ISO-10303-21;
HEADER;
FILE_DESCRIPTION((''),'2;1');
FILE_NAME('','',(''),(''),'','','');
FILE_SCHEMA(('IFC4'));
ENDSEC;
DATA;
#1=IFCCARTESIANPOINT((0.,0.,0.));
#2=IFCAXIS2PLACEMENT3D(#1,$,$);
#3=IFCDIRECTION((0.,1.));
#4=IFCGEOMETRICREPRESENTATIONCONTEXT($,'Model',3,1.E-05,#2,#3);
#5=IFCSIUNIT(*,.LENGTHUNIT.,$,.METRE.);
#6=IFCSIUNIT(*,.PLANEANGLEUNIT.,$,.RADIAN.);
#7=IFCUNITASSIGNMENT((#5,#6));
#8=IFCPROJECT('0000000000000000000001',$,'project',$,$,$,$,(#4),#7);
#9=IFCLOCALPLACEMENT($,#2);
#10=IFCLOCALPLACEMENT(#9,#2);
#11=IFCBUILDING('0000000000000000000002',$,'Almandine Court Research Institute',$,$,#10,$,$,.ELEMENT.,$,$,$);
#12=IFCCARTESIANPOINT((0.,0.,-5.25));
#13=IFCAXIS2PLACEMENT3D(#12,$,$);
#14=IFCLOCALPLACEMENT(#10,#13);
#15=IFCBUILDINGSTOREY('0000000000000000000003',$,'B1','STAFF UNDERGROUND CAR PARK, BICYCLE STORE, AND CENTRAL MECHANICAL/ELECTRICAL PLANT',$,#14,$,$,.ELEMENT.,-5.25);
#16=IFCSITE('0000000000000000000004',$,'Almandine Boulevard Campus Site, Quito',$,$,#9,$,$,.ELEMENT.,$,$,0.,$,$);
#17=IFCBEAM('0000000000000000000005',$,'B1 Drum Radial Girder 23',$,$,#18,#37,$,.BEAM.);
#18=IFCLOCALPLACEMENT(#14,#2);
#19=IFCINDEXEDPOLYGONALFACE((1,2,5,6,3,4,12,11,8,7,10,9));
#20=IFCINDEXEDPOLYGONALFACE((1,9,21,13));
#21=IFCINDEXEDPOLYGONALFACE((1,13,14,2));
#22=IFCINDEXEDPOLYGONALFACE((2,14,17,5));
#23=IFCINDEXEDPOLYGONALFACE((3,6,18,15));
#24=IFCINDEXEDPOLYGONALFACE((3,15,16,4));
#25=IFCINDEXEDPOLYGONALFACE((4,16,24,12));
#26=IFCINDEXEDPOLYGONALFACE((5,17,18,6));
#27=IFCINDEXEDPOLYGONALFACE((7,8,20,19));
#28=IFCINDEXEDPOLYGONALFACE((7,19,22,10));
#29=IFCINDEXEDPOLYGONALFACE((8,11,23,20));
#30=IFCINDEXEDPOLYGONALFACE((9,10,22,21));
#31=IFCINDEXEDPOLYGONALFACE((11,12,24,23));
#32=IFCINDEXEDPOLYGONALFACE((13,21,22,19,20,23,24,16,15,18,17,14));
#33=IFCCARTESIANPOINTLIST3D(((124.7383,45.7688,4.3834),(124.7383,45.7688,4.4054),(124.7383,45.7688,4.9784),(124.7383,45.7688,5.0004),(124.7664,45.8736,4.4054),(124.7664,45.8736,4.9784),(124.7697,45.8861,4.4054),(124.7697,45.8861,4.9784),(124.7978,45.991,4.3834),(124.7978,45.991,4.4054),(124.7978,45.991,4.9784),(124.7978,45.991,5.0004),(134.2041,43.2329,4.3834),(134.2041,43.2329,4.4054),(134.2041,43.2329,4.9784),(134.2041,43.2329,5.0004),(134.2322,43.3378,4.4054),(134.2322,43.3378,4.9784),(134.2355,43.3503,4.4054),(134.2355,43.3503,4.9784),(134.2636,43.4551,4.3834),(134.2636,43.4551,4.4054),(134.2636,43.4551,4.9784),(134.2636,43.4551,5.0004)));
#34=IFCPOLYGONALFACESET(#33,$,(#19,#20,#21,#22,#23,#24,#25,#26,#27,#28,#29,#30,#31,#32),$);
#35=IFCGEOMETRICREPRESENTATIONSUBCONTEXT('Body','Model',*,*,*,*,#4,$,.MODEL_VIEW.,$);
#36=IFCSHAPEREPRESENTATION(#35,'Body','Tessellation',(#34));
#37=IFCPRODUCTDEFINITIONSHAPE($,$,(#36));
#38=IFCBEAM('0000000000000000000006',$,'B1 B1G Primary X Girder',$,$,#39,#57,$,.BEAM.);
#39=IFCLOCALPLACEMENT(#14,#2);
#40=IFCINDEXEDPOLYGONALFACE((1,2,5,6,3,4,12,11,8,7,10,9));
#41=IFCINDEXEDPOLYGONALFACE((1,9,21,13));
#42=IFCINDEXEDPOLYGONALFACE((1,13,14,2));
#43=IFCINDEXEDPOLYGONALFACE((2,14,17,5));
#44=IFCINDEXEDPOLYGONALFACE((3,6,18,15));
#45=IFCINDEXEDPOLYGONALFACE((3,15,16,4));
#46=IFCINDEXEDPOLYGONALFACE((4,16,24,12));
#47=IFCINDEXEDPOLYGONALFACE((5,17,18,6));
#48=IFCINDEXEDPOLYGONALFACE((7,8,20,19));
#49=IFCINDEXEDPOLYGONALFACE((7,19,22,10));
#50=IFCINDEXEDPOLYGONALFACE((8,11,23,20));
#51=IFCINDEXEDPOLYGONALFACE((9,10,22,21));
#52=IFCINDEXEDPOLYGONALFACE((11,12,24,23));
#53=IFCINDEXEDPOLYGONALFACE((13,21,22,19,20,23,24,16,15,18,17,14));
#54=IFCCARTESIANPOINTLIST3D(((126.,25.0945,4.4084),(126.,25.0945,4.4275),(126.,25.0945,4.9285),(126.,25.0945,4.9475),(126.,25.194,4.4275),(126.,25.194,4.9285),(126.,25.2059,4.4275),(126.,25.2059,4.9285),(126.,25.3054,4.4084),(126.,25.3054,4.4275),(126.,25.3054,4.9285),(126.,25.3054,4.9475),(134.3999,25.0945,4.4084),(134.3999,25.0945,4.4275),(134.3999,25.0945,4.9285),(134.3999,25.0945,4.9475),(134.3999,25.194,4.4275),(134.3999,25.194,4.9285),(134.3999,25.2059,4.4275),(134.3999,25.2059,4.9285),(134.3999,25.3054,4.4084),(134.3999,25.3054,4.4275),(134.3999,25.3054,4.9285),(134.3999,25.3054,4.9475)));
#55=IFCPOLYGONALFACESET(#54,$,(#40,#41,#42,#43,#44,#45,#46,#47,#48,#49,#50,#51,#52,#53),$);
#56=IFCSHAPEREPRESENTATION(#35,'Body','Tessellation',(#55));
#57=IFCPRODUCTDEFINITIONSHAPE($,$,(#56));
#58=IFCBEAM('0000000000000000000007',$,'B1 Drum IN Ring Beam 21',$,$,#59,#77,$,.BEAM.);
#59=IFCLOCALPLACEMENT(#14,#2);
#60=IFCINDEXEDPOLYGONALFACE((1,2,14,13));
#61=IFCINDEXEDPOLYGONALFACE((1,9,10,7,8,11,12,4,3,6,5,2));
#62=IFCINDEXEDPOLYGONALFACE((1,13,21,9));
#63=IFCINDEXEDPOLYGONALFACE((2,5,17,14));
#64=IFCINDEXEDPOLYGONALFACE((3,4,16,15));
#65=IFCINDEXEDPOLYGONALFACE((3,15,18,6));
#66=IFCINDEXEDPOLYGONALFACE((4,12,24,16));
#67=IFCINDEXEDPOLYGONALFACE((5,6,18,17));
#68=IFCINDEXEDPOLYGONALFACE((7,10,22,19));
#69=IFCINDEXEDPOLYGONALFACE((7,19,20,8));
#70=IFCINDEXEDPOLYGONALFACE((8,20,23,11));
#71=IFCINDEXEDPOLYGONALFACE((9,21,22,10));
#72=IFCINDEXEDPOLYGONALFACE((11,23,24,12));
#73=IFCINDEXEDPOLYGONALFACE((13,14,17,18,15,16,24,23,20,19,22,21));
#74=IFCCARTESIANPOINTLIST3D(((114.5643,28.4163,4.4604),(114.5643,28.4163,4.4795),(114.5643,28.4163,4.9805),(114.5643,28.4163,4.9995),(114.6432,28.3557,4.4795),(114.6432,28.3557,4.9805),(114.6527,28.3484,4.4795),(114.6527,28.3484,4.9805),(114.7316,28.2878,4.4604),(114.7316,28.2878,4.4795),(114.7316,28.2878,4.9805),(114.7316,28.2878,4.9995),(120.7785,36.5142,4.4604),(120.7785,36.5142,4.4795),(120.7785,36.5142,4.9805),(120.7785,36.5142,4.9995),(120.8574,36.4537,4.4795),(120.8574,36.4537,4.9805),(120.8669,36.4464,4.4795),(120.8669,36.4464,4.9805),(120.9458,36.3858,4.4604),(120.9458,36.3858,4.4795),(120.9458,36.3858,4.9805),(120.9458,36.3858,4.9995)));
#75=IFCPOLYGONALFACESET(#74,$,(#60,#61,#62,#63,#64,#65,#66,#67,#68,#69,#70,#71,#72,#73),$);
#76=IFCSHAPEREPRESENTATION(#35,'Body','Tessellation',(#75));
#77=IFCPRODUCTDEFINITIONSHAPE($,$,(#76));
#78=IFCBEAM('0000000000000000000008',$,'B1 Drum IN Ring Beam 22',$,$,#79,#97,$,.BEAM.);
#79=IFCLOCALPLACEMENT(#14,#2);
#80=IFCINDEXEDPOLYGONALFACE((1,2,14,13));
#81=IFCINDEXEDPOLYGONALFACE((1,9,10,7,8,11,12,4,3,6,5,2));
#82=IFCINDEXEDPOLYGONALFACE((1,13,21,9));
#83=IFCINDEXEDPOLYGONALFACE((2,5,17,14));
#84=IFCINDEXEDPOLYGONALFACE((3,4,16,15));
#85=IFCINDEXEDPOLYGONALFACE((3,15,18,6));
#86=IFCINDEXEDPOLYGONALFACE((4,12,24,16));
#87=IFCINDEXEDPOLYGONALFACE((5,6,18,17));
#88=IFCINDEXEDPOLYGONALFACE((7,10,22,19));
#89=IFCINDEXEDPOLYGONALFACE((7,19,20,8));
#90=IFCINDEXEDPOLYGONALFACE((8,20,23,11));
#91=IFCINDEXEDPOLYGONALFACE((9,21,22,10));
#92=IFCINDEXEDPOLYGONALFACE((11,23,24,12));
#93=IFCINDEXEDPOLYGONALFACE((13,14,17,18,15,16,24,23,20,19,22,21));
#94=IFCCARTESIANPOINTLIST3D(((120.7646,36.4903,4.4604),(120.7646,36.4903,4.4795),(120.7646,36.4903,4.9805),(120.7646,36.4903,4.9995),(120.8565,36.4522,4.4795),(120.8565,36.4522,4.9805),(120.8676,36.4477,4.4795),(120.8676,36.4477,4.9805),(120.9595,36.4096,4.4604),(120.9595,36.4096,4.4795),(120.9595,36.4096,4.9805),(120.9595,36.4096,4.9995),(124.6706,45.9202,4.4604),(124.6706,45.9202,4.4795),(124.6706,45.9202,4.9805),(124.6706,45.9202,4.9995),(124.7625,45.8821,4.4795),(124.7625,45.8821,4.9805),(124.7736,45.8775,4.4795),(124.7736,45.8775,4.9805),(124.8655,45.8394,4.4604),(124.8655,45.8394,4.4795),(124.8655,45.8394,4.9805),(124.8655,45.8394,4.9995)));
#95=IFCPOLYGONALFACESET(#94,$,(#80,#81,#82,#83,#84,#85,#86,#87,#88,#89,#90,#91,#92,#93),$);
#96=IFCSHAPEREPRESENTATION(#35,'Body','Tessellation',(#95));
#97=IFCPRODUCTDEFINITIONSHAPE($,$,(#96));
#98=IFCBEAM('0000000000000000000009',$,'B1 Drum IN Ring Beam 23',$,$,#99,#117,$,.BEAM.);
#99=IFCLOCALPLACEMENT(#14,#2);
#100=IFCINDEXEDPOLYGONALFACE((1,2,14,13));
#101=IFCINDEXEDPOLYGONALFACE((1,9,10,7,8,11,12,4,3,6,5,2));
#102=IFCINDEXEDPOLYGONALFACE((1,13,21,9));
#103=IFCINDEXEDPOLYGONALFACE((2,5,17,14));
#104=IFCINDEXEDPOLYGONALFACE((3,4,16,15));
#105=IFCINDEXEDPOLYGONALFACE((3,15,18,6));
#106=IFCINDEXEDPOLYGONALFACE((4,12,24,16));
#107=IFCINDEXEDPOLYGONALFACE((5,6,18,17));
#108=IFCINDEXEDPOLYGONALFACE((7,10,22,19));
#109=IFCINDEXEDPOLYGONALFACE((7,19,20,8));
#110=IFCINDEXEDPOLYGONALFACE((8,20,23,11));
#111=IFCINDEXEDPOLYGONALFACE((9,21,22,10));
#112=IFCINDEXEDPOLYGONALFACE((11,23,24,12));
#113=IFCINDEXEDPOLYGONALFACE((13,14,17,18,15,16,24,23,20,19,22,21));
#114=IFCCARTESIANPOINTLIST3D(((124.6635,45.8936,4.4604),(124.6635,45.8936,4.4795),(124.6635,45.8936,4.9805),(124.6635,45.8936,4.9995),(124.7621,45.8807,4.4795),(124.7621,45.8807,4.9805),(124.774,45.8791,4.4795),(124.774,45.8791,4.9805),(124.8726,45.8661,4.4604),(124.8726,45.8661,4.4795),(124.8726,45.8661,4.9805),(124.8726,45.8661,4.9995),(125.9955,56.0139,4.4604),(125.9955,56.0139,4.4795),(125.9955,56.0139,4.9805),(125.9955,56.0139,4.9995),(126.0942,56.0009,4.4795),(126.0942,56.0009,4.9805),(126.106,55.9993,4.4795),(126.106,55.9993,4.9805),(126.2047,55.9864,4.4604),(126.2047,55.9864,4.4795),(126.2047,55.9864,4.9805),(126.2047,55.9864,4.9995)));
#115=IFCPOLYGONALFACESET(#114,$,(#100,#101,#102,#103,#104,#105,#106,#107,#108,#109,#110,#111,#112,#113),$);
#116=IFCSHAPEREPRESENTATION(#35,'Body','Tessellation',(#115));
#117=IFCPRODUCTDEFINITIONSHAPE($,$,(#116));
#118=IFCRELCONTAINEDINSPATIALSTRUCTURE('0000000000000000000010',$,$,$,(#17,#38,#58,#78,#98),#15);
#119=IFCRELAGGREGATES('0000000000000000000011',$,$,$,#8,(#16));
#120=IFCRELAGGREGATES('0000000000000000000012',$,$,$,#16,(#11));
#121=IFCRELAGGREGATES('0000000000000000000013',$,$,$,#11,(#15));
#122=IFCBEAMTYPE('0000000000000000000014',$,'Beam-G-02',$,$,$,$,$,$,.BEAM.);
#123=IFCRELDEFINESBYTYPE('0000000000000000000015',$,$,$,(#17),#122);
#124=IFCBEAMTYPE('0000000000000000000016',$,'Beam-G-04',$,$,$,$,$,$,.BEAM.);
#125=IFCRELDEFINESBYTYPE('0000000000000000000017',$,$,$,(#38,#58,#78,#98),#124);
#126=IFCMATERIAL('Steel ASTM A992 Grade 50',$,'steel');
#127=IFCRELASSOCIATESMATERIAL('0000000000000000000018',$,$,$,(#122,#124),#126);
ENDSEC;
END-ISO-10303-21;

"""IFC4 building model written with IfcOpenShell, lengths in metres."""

from ifc_helpers import new_model, si_unit, direction, frame, origin, origin_2d, place, context, subcontext, project, spatial, i_section, extrude, material, material_profile, profile_set, type_object, element, save


model = new_model("IFC4")

# Units and contexts
model_context = context("Model", 3, precision=1e-05, world=origin(), true_north=direction((0.0, 1.0)))
body_context = subcontext(model_context, "Body", "Model", "MODEL_VIEW")
ifc_project = project(units=[si_unit("LENGTHUNIT", "METRE"), si_unit("PLANEANGLEUNIT", "RADIAN")], contexts=[model_context])

# Site, building, storey
site_placement = place(None, origin())
site = spatial("IfcSite", under=ifc_project, at=site_placement, Name="Almandine Boulevard Campus Site, Quito", CompositionType="ELEMENT", RefElevation=0.0)
building_placement = place(site_placement, origin())
building = spatial("IfcBuilding", under=site, at=building_placement, Name="Almandine Court Research Institute", CompositionType="ELEMENT")
storey_placement = place(building_placement, frame((0.0, 0.0, -5.25)))
storey = spatial("IfcBuildingStorey", under=building, at=storey_placement, Name="B1", Description="STAFF UNDERGROUND CAR PARK, BICYCLE STORE, AND CENTRAL MECHANICAL/ELECTRICAL PLANT", CompositionType="ELEMENT", Elevation=-5.25)

# Beams
ifc_material_1 = material(Name="Steel ASTM A992 Grade 50", Category="steel")
ifc_material_profile_1 = material_profile(ifc_material_1, i_section(OverallWidth=0.23, OverallDepth=0.6169, WebThickness=0.0129, FlangeThickness=0.022, at=origin_2d()), Name="W610x140")
ifc_profile_set_1 = profile_set([ifc_material_profile_1], Name="Steel ASTM A992 Grade 50")
beam_type_1 = type_object("IfcBeamType", Name="Beam-G-02", PredefinedType="BEAM", material=ifc_profile_set_1)
beam_1_placement = place(storey_placement, frame((124.7681, 45.8799, 4.6919), z_axis=(0.965938, -0.258774, 0.0), x_axis=(0.258774, 0.965938, 0.0)))
element("IfcBeam", 1, at=beam_1_placement, inside=storey, type_object=beam_type_1, Name="B1 Drum Radial Girder 23", PredefinedType="BEAM", context=body_context, shape_type="SweptSolid", body=[
    extrude(i_section(OverallWidth=0.23, OverallDepth=0.6169, WebThickness=0.0129, FlangeThickness=0.022, at=origin_2d()), origin(), (0.0, 0.0, 1.0), 9.7996),
])
ifc_material_profile_2 = material_profile(ifc_material_1, i_section(OverallWidth=0.2109, OverallDepth=0.5391, WebThickness=0.012, FlangeThickness=0.019, at=origin_2d()), Name="W530x109")
ifc_profile_set_2 = profile_set([ifc_material_profile_2], Name="Steel ASTM A992 Grade 50")
beam_type_2 = type_object("IfcBeamType", Name="Beam-G-04", PredefinedType="BEAM", material=ifc_profile_set_2)
beam_2_placement = place(storey_placement, frame((126.0, 25.2, 4.678), z_axis=(1.0, 0.0, 0.0), x_axis=(0.0, 1.0, 0.0)))
element("IfcBeam", 2, at=beam_2_placement, inside=storey, type_object=beam_type_2, Name="B1 B1G Primary X Girder", PredefinedType="BEAM", context=body_context, shape_type="SweptSolid", body=[
    extrude(i_section(OverallWidth=0.2109, OverallDepth=0.5391, WebThickness=0.012, FlangeThickness=0.019, at=origin_2d()), origin(), (0.0, 0.0, 1.0), 8.3999),
])
beam_3_placement = place(storey_placement, frame((114.6479, 28.3521, 4.73), z_axis=(0.608784, 0.793336, 0.0), x_axis=(-0.793336, 0.608784, 0.0)))
element("IfcBeam", 3, at=beam_3_placement, inside=storey, type_object=beam_type_2, Name="B1 Drum IN Ring Beam 21", PredefinedType="BEAM", context=body_context, shape_type="SweptSolid", body=[
    extrude(i_section(OverallWidth=0.2109, OverallDepth=0.5391, WebThickness=0.012, FlangeThickness=0.019, at=origin_2d()), origin(), (0.0, 0.0, 1.0), 10.2075),
])
beam_4_placement = place(storey_placement, frame((120.8621, 36.45, 4.73), z_axis=(0.382683, 0.92388, 0.0), x_axis=(-0.92388, 0.382683, 0.0)))
element("IfcBeam", 4, at=beam_4_placement, inside=storey, type_object=beam_type_2, Name="B1 Drum IN Ring Beam 22", PredefinedType="BEAM", context=body_context, shape_type="SweptSolid", body=[
    extrude(i_section(OverallWidth=0.2109, OverallDepth=0.5391, WebThickness=0.012, FlangeThickness=0.019, at=origin_2d()), origin(), (0.0, 0.0, 1.0), 10.2068),
])
beam_5_placement = place(storey_placement, frame((124.7681, 45.8799, 4.73), z_axis=(0.130497, 0.991449, 0.0), x_axis=(-0.991449, 0.130497, 0.0)))
element("IfcBeam", 5, at=beam_5_placement, inside=storey, type_object=beam_type_2, Name="B1 Drum IN Ring Beam 23", PredefinedType="BEAM", context=body_context, shape_type="SweptSolid", body=[
    extrude(i_section(OverallWidth=0.2109, OverallDepth=0.5391, WebThickness=0.012, FlangeThickness=0.019, at=origin_2d()), origin(), (0.0, 0.0, 1.0), 10.2075),
])

save(model, "model.ifc")
